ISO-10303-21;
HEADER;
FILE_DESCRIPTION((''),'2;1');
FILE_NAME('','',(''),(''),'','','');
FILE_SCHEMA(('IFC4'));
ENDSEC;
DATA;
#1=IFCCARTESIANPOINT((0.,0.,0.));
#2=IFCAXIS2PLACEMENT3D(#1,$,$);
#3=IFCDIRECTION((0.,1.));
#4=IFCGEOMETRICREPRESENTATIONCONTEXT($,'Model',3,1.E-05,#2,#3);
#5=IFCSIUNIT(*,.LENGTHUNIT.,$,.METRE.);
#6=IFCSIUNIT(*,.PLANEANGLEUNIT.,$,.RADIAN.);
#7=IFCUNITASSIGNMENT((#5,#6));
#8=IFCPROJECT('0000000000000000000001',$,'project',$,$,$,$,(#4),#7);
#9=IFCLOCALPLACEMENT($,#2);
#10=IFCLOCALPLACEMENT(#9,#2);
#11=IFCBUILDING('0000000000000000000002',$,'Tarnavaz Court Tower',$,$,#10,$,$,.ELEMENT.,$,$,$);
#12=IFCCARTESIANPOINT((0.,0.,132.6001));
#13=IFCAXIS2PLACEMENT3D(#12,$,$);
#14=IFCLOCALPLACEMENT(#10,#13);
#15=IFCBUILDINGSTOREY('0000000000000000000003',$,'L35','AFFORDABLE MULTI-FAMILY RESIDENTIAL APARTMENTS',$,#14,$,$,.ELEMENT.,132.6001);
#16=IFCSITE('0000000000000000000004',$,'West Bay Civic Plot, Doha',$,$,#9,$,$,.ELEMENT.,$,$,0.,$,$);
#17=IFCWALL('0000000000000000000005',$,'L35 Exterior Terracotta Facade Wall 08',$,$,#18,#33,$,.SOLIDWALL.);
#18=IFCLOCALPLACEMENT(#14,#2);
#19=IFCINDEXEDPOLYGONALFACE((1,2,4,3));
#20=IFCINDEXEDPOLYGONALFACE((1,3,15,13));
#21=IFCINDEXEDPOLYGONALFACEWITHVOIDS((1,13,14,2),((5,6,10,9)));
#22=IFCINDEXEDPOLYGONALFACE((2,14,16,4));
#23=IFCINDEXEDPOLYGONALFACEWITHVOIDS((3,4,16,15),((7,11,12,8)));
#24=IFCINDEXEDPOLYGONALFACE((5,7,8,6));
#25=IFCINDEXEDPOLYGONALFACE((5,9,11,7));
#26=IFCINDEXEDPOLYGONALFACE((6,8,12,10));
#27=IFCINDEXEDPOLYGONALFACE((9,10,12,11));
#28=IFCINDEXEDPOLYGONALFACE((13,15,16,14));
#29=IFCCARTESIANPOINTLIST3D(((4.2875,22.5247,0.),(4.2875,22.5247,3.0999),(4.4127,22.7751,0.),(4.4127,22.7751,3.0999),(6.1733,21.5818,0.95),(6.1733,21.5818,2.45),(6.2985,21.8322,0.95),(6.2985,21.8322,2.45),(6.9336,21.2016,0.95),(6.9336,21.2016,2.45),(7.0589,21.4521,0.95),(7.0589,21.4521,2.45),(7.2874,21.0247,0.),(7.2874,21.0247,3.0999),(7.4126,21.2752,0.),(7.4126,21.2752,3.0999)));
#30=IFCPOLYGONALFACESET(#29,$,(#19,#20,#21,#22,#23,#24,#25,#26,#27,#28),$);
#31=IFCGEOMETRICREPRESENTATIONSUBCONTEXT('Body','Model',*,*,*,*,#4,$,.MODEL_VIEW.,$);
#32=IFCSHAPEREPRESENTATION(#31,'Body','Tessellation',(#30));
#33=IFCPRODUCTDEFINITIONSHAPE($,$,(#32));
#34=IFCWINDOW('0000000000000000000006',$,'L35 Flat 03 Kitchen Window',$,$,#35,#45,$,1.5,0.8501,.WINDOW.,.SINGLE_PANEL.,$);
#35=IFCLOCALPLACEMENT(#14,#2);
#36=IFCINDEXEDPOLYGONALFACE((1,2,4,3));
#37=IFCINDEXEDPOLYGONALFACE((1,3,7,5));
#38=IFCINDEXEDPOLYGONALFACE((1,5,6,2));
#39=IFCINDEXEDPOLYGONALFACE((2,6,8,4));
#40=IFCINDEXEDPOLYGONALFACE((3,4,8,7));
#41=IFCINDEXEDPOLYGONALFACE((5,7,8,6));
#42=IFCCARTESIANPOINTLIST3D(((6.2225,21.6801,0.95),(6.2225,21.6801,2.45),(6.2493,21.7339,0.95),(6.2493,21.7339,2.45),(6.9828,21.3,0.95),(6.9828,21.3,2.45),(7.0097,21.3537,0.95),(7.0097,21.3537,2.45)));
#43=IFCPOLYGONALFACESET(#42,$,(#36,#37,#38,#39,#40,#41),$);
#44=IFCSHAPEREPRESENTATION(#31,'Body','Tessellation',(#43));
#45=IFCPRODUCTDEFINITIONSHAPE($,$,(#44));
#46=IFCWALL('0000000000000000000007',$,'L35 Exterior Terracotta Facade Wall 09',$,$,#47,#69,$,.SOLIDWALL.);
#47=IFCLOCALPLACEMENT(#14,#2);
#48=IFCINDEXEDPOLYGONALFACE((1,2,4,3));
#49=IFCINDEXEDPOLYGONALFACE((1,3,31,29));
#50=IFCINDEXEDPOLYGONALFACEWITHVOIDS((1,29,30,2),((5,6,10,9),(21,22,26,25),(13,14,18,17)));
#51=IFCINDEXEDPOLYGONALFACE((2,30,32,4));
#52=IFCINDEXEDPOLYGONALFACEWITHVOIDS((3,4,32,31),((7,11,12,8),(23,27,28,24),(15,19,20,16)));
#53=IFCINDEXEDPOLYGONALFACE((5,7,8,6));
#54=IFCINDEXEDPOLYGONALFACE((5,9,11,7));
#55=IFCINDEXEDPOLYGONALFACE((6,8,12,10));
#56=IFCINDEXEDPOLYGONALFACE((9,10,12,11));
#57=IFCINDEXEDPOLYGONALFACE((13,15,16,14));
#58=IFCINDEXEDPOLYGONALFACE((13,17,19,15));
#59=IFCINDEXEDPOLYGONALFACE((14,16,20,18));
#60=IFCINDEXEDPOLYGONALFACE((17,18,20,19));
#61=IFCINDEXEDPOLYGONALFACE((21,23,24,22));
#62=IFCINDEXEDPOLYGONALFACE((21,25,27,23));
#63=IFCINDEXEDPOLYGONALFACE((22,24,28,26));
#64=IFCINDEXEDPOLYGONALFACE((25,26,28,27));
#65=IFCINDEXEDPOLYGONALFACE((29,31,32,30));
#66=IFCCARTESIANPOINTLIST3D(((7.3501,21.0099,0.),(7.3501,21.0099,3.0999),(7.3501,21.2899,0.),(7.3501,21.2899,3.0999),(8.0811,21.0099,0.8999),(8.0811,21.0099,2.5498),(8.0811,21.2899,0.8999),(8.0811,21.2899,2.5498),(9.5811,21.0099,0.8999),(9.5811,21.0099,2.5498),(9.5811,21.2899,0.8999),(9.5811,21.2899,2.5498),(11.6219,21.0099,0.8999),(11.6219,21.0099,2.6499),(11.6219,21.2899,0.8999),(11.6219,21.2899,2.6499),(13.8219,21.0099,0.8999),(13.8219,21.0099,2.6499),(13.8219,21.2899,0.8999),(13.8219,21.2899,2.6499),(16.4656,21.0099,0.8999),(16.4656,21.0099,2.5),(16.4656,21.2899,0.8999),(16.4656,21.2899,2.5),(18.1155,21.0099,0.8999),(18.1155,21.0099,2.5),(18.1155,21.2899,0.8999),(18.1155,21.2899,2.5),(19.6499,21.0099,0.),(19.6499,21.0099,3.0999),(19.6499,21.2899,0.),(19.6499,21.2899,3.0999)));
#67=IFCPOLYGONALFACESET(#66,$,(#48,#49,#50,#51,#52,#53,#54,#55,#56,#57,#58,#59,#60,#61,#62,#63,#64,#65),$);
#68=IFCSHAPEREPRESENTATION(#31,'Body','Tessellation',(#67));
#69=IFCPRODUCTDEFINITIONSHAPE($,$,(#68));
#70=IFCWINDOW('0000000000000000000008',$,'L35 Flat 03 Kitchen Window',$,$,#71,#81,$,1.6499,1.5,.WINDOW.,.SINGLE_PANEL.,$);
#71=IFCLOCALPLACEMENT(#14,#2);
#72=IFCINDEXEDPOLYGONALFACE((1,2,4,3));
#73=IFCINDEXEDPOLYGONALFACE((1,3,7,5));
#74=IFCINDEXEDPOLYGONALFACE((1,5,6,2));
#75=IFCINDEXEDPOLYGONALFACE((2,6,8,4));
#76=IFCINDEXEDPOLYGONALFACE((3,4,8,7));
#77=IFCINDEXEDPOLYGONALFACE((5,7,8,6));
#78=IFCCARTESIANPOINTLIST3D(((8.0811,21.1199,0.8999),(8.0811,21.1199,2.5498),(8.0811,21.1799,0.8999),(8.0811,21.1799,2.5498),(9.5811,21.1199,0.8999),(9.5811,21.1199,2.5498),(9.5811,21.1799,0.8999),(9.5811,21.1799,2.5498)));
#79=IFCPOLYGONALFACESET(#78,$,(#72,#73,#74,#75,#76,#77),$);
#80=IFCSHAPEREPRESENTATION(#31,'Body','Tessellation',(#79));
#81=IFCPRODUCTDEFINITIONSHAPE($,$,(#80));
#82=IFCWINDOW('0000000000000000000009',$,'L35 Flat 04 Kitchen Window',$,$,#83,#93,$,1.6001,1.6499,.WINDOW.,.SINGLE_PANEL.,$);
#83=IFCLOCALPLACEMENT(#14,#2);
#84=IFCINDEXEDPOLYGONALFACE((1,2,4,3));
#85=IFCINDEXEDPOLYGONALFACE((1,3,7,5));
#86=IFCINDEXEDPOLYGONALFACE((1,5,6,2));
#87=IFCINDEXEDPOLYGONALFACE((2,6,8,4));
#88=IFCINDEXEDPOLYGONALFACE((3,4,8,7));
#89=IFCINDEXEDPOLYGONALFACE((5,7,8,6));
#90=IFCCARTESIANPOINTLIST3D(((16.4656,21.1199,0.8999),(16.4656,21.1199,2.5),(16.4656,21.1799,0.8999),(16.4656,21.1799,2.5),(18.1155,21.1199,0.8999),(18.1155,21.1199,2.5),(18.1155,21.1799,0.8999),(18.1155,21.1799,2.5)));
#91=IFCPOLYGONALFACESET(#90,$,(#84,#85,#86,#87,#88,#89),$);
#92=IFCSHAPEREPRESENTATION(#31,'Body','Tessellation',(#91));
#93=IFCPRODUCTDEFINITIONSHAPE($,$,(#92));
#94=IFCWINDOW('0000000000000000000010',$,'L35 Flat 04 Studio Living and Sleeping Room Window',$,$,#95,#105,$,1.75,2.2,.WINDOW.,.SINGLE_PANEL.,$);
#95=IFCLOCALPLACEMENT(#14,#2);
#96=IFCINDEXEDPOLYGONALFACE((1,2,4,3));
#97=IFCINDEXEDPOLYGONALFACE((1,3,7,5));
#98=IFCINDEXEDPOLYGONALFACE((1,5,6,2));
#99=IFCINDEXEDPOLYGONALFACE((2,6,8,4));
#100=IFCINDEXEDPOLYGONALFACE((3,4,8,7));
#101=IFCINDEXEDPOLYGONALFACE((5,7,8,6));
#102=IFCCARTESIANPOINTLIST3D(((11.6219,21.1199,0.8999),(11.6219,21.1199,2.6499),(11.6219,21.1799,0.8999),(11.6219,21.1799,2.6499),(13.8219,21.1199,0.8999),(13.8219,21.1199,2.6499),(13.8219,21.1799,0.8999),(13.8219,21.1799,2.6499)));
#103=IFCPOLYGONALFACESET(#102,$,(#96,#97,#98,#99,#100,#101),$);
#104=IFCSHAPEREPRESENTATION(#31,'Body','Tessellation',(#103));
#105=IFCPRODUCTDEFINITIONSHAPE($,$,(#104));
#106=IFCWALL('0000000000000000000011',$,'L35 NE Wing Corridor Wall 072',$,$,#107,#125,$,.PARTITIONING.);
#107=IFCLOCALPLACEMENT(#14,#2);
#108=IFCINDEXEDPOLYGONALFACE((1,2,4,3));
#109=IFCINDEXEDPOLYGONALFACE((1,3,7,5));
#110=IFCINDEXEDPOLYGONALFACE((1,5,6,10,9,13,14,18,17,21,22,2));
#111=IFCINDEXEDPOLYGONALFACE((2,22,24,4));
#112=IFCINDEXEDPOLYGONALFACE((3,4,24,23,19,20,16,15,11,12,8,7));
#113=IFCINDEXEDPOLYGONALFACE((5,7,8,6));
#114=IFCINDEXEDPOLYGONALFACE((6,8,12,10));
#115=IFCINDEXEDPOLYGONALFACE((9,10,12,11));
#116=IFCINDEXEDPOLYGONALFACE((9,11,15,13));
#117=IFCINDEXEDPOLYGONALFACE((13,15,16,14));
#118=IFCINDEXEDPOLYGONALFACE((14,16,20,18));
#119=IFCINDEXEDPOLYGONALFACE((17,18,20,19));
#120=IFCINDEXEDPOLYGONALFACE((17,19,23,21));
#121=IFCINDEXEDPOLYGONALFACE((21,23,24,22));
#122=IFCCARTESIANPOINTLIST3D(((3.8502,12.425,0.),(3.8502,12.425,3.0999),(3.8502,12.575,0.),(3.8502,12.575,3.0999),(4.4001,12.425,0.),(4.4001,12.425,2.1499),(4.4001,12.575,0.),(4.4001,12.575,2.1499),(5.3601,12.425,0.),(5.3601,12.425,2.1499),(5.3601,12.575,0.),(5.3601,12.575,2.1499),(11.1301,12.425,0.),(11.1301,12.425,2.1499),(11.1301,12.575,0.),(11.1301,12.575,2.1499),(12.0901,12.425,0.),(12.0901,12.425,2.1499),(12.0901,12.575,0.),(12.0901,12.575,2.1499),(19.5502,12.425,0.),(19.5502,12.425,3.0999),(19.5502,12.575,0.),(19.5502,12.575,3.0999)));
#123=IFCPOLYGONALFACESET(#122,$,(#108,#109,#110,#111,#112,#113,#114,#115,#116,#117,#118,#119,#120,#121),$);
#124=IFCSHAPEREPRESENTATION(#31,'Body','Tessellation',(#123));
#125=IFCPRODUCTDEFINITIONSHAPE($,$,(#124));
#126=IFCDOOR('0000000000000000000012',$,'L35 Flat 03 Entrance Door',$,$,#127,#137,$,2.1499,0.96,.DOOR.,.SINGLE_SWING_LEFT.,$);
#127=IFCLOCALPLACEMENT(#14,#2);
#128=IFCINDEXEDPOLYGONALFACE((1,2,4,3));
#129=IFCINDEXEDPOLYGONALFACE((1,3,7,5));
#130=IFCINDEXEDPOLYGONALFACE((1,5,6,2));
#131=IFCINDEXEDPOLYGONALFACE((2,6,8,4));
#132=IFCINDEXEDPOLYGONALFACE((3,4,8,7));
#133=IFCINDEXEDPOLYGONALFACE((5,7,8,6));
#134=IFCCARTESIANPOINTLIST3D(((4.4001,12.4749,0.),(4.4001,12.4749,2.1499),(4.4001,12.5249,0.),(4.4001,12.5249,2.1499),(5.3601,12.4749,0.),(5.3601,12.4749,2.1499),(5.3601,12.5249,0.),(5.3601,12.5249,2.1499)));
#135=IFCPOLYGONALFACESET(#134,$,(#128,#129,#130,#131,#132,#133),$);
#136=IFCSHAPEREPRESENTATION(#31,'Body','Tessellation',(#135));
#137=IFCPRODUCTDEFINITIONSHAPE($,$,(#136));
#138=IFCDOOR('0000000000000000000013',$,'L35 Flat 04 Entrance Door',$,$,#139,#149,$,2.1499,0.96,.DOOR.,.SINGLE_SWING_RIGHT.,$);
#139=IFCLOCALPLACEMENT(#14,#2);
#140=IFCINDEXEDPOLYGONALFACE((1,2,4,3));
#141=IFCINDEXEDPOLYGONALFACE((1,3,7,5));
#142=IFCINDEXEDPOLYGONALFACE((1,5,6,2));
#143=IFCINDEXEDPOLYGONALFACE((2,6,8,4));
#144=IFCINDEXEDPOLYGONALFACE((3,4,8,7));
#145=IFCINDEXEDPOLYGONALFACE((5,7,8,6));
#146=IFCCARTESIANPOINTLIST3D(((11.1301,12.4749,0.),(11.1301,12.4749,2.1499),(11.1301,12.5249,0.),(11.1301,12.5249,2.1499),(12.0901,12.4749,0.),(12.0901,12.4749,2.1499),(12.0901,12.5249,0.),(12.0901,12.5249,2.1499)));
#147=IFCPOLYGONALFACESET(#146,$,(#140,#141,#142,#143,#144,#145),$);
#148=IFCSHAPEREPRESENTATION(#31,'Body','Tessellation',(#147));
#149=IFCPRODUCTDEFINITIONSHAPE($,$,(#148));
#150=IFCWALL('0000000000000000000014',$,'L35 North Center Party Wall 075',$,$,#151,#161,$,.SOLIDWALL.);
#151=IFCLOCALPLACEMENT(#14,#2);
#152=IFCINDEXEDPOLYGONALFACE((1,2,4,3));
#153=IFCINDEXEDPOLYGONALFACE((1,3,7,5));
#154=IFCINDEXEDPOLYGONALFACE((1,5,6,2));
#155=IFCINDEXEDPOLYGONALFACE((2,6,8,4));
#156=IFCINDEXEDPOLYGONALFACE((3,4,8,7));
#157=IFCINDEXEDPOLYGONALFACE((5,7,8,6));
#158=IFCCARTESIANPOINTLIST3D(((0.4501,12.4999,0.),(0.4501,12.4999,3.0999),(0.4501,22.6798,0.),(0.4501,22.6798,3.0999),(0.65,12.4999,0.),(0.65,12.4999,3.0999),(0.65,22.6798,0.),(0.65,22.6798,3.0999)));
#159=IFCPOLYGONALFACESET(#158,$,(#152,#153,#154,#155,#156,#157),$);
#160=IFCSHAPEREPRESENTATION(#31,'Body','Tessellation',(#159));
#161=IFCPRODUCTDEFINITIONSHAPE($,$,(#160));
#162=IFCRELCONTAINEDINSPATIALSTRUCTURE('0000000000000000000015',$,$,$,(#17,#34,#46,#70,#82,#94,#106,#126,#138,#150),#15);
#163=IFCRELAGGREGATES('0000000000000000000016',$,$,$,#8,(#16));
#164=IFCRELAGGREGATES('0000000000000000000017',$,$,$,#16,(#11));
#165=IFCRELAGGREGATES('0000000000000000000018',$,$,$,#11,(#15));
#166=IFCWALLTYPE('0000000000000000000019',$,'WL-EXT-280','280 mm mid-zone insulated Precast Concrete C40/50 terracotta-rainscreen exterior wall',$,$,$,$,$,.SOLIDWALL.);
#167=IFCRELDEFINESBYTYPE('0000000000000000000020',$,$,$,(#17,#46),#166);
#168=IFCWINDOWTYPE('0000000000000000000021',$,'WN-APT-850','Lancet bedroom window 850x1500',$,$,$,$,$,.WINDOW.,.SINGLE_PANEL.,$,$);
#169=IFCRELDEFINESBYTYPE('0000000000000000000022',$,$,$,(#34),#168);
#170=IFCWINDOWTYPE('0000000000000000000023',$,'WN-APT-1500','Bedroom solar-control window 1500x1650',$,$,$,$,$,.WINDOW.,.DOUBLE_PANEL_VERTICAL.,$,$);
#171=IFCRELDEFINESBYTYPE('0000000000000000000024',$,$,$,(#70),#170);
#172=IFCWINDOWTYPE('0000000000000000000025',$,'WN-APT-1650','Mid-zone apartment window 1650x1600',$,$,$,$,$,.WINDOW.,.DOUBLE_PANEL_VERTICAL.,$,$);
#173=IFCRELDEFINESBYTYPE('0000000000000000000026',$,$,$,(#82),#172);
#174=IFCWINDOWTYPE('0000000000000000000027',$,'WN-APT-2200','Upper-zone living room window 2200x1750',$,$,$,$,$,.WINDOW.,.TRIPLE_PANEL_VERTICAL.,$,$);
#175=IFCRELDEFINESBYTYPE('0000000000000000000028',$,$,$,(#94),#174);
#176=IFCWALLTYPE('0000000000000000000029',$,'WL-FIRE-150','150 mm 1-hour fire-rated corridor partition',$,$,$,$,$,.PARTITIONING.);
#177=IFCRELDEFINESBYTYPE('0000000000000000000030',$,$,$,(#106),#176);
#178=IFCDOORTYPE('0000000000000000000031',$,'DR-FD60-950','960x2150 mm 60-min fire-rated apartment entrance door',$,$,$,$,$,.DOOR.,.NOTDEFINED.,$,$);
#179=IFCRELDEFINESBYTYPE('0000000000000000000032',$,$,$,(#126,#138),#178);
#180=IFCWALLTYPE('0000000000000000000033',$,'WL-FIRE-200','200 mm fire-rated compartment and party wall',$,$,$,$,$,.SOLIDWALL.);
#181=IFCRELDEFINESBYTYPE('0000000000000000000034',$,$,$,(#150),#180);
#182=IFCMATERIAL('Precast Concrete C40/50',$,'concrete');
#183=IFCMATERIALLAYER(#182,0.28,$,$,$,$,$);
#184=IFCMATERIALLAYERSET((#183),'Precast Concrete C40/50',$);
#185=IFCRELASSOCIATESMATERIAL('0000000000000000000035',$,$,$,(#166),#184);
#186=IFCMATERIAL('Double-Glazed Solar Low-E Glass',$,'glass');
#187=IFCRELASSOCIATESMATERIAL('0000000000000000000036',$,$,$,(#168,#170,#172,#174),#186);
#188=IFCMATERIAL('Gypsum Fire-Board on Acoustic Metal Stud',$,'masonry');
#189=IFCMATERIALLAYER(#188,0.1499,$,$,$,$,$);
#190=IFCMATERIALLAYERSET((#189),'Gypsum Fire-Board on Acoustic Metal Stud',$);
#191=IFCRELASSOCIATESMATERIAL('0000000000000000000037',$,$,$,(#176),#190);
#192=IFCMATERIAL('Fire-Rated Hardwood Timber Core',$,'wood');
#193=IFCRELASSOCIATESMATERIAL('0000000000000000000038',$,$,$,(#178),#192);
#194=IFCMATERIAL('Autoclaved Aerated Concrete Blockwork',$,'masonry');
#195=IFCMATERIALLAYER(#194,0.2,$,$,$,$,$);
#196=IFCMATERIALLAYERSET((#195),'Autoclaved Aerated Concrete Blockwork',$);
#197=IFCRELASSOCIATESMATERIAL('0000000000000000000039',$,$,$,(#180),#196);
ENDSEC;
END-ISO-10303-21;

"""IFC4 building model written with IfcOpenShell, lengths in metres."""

from ifc_helpers import new_model, si_unit, direction, frame, frame_2d, origin, place, context, subcontext, project, spatial, rectangle, extrude, material, layer, layer_set, type_object, element, fill, save


model = new_model("IFC4")

# Units and contexts
model_context = context("Model", 3, precision=1e-05, world=origin(), true_north=direction((0.0, 1.0)))
body_context = subcontext(model_context, "Body", "Model", "MODEL_VIEW")
ifc_project = project(units=[si_unit("LENGTHUNIT", "METRE"), si_unit("PLANEANGLEUNIT", "RADIAN")], contexts=[model_context])

# Site, building, storey
site_placement = place(None, origin())
site = spatial("IfcSite", under=ifc_project, at=site_placement, Name="West Bay Civic Plot, Doha", CompositionType="ELEMENT", RefElevation=0.0)
building_placement = place(site_placement, origin())
building = spatial("IfcBuilding", under=site, at=building_placement, Name="Tarnavaz Court Tower", CompositionType="ELEMENT")
storey_placement = place(building_placement, frame((0.0, 0.0, 132.6001)))
storey = spatial("IfcBuildingStorey", under=building, at=storey_placement, Name="L35", Description="AFFORDABLE MULTI-FAMILY RESIDENTIAL APARTMENTS", CompositionType="ELEMENT", Elevation=132.6001)

# Shared definitions
ifc_material_1 = material(Name="Double-Glazed Solar Low-E Glass", Category="glass")

# Wall, opening, window
ifc_material_2 = material(Name="Precast Concrete C40/50", Category="concrete")
ifc_layer_1 = layer(ifc_material_2, 0.28)
ifc_layer_set_1 = layer_set([ifc_layer_1], Name="Precast Concrete C40/50")
wall_type_1 = type_object("IfcWallType", Name="WL-EXT-280", Description="280 mm mid-zone insulated Precast Concrete C40/50 terracotta-rainscreen exterior wall", PredefinedType="SOLIDWALL", material=ifc_layer_set_1)
wall_1_placement = place(storey_placement, frame((4.3501, 22.6499, 0.0), z_axis=(0.0, 0.0, 1.0), x_axis=(0.894427, -0.447214, 0.0)))
wall_1 = element("IfcWall", 1, at=wall_1_placement, inside=storey, type_object=wall_type_1, Name="L35 Exterior Terracotta Facade Wall 08", PredefinedType="SOLIDWALL", context=body_context, shape_type="SweptSolid", body=[
    extrude(rectangle(XDim=3.354, YDim=0.28, at=frame_2d((1.677, 0.0))), origin(), (0.0, 0.0, 1.0), 3.0999),
])
opening_1_placement = place(wall_1_placement, frame((2.1084, 0.0, 0.95)))
opening_1 = element("IfcOpeningElement", 2, at=opening_1_placement, cuts=wall_1, PredefinedType="OPENING", context=body_context, shape_type="SweptSolid", body=[
    extrude(rectangle(XDim=0.8501, YDim=1.5, at=frame_2d((0.425, 0.75))), frame((0.0, 0.1499, 0.0), z_axis=(0.0, -1.0, 0.0), x_axis=(1.0, 0.0, 0.0)), (0.0, 0.0, 1.0), 0.3),
])
window_type_1 = type_object("IfcWindowType", Name="WN-APT-850", Description="Lancet bedroom window 850x1500", PartitioningType="SINGLE_PANEL", PredefinedType="WINDOW", material=ifc_material_1)
window_1_placement = place(opening_1_placement, origin())
window_1 = element("IfcWindow", 3, at=window_1_placement, inside=storey, type_object=window_type_1, Name="L35 Flat 03 Kitchen Window", OverallHeight=1.5, OverallWidth=0.8501, PartitioningType="SINGLE_PANEL", PredefinedType="WINDOW", context=body_context, shape_type="SweptSolid", body=[
    extrude(rectangle(XDim=0.8501, YDim=1.5, at=frame_2d((0.425, 0.75))), frame((0.0, 0.03, 0.0), z_axis=(0.0, -1.0, 0.0), x_axis=(1.0, 0.0, 0.0)), (0.0, 0.0, 1.0), 0.0601),
])
fill(opening_1, window_1)

# Wall, openings, windows
wall_2_placement = place(storey_placement, frame((7.3501, 21.1499, 0.0), z_axis=(0.0, 0.0, 1.0), x_axis=(1.0, 0.0, 0.0)))
wall_2 = element("IfcWall", 4, at=wall_2_placement, inside=storey, type_object=wall_type_1, Name="L35 Exterior Terracotta Facade Wall 09", PredefinedType="SOLIDWALL", context=body_context, shape_type="SweptSolid", body=[
    extrude(rectangle(XDim=12.2998, YDim=0.28, at=frame_2d((6.1499, 0.0))), origin(), (0.0, 0.0, 1.0), 3.0999),
])
opening_2_placement = place(wall_2_placement, frame((0.731, 0.0, 0.8999)))
opening_2 = element("IfcOpeningElement", 5, at=opening_2_placement, cuts=wall_2, PredefinedType="OPENING", context=body_context, shape_type="SweptSolid", body=[
    extrude(rectangle(XDim=1.5, YDim=1.6499, at=frame_2d((0.75, 0.825))), frame((0.0, 0.1499, 0.0), z_axis=(0.0, -1.0, 0.0), x_axis=(1.0, 0.0, 0.0)), (0.0, 0.0, 1.0), 0.3),
])
opening_3_placement = place(wall_2_placement, frame((4.2717, 0.0, 0.8999)))
opening_3 = element("IfcOpeningElement", 6, at=opening_3_placement, cuts=wall_2, PredefinedType="OPENING", context=body_context, shape_type="SweptSolid", body=[
    extrude(rectangle(XDim=2.2, YDim=1.75, at=frame_2d((1.1001, 0.875))), frame((0.0, 0.1499, 0.0), z_axis=(0.0, -1.0, 0.0), x_axis=(1.0, 0.0, 0.0)), (0.0, 0.0, 1.0), 0.3),
])
opening_4_placement = place(wall_2_placement, frame((9.1155, 0.0, 0.8999)))
opening_4 = element("IfcOpeningElement", 7, at=opening_4_placement, cuts=wall_2, PredefinedType="OPENING", context=body_context, shape_type="SweptSolid", body=[
    extrude(rectangle(XDim=1.6499, YDim=1.6001, at=frame_2d((0.825, 0.8))), frame((0.0, 0.1499, 0.0), z_axis=(0.0, -1.0, 0.0), x_axis=(1.0, 0.0, 0.0)), (0.0, 0.0, 1.0), 0.3),
])
window_type_2 = type_object("IfcWindowType", Name="WN-APT-1500", Description="Bedroom solar-control window 1500x1650", PartitioningType="DOUBLE_PANEL_VERTICAL", PredefinedType="WINDOW", material=ifc_material_1)
window_2_placement = place(opening_2_placement, origin())
window_2 = element("IfcWindow", 8, at=window_2_placement, inside=storey, type_object=window_type_2, Name="L35 Flat 03 Kitchen Window", OverallHeight=1.6499, OverallWidth=1.5, PartitioningType="SINGLE_PANEL", PredefinedType="WINDOW", context=body_context, shape_type="SweptSolid", body=[
    extrude(rectangle(XDim=1.5, YDim=1.6499, at=frame_2d((0.75, 0.825))), frame((0.0, 0.03, 0.0), z_axis=(0.0, -1.0, 0.0), x_axis=(1.0, 0.0, 0.0)), (0.0, 0.0, 1.0), 0.0601),
])
fill(opening_2, window_2)
window_type_3 = type_object("IfcWindowType", Name="WN-APT-1650", Description="Mid-zone apartment window 1650x1600", PartitioningType="DOUBLE_PANEL_VERTICAL", PredefinedType="WINDOW", material=ifc_material_1)
window_3_placement = place(opening_4_placement, origin())
window_3 = element("IfcWindow", 9, at=window_3_placement, inside=storey, type_object=window_type_3, Name="L35 Flat 04 Kitchen Window", OverallHeight=1.6001, OverallWidth=1.6499, PartitioningType="SINGLE_PANEL", PredefinedType="WINDOW", context=body_context, shape_type="SweptSolid", body=[
    extrude(rectangle(XDim=1.6499, YDim=1.6001, at=frame_2d((0.825, 0.8))), frame((0.0, 0.03, 0.0), z_axis=(0.0, -1.0, 0.0), x_axis=(1.0, 0.0, 0.0)), (0.0, 0.0, 1.0), 0.0601),
])
fill(opening_4, window_3)
window_type_4 = type_object("IfcWindowType", Name="WN-APT-2200", Description="Upper-zone living room window 2200x1750", PartitioningType="TRIPLE_PANEL_VERTICAL", PredefinedType="WINDOW", material=ifc_material_1)
window_4_placement = place(opening_3_placement, origin())
window_4 = element("IfcWindow", 10, at=window_4_placement, inside=storey, type_object=window_type_4, Name="L35 Flat 04 Studio Living and Sleeping Room Window", OverallHeight=1.75, OverallWidth=2.2, PartitioningType="SINGLE_PANEL", PredefinedType="WINDOW", context=body_context, shape_type="SweptSolid", body=[
    extrude(rectangle(XDim=2.2, YDim=1.75, at=frame_2d((1.1001, 0.875))), frame((0.0, 0.03, 0.0), z_axis=(0.0, -1.0, 0.0), x_axis=(1.0, 0.0, 0.0)), (0.0, 0.0, 1.0), 0.0601),
])
fill(opening_3, window_4)

# Wall, openings, doors
ifc_material_3 = material(Name="Gypsum Fire-Board on Acoustic Metal Stud", Category="masonry")
ifc_layer_2 = layer(ifc_material_3, 0.1499)
ifc_layer_set_2 = layer_set([ifc_layer_2], Name="Gypsum Fire-Board on Acoustic Metal Stud")
wall_type_2 = type_object("IfcWallType", Name="WL-FIRE-150", Description="150 mm 1-hour fire-rated corridor partition", PredefinedType="PARTITIONING", material=ifc_layer_set_2)
wall_3_placement = place(storey_placement, frame((3.8501, 12.5, 0.0), z_axis=(0.0, 0.0, 1.0), x_axis=(1.0, 0.0, 0.0)))
wall_3 = element("IfcWall", 11, at=wall_3_placement, inside=storey, type_object=wall_type_2, Name="L35 NE Wing Corridor Wall 072", PredefinedType="PARTITIONING", context=body_context, shape_type="SweptSolid", body=[
    extrude(rectangle(XDim=15.7, YDim=0.1499, at=frame_2d((7.8501, 0.0))), origin(), (0.0, 0.0, 1.0), 3.0999),
])
opening_5_placement = place(wall_3_placement, frame((0.55, 0.0, 0.0)))
opening_5 = element("IfcOpeningElement", 12, at=opening_5_placement, cuts=wall_3, PredefinedType="OPENING", context=body_context, shape_type="SweptSolid", body=[
    extrude(rectangle(XDim=0.96, YDim=2.1499, at=frame_2d((0.48, 1.075))), frame((0.0, 0.085, 0.0), z_axis=(0.0, -1.0, 0.0), x_axis=(1.0, 0.0, 0.0)), (0.0, 0.0, 1.0), 0.1699),
])
opening_6_placement = place(wall_3_placement, frame((7.28, 0.0, 0.0)))
opening_6 = element("IfcOpeningElement", 13, at=opening_6_placement, cuts=wall_3, PredefinedType="OPENING", context=body_context, shape_type="SweptSolid", body=[
    extrude(rectangle(XDim=0.96, YDim=2.1499, at=frame_2d((0.48, 1.075))), frame((0.0, 0.085, 0.0), z_axis=(0.0, -1.0, 0.0), x_axis=(1.0, 0.0, 0.0)), (0.0, 0.0, 1.0), 0.1699),
])
ifc_material_4 = material(Name="Fire-Rated Hardwood Timber Core", Category="wood")
door_type_1 = type_object("IfcDoorType", Name="DR-FD60-950", Description="960x2150 mm 60-min fire-rated apartment entrance door", OperationType="NOTDEFINED", PredefinedType="DOOR", material=ifc_material_4)
door_1_placement = place(opening_5_placement, origin())
door_1 = element("IfcDoor", 14, at=door_1_placement, inside=storey, type_object=door_type_1, Name="L35 Flat 03 Entrance Door", OperationType="SINGLE_SWING_LEFT", OverallHeight=2.1499, OverallWidth=0.96, PredefinedType="DOOR", context=body_context, shape_type="SweptSolid", body=[
    extrude(rectangle(XDim=0.96, YDim=2.1499, at=frame_2d((0.48, 1.075))), frame((0.0, 0.0249, 0.0), z_axis=(0.0, -1.0, 0.0), x_axis=(1.0, 0.0, 0.0)), (0.0, 0.0, 1.0), 0.05),
])
fill(opening_5, door_1)
door_2_placement = place(opening_6_placement, origin())
door_2 = element("IfcDoor", 15, at=door_2_placement, inside=storey, type_object=door_type_1, Name="L35 Flat 04 Entrance Door", OperationType="SINGLE_SWING_RIGHT", OverallHeight=2.1499, OverallWidth=0.96, PredefinedType="DOOR", context=body_context, shape_type="SweptSolid", body=[
    extrude(rectangle(XDim=0.96, YDim=2.1499, at=frame_2d((0.48, 1.075))), frame((0.0, 0.0249, 0.0), z_axis=(0.0, -1.0, 0.0), x_axis=(1.0, 0.0, 0.0)), (0.0, 0.0, 1.0), 0.05),
])
fill(opening_6, door_2)

# Wall
ifc_material_5 = material(Name="Autoclaved Aerated Concrete Blockwork", Category="masonry")
ifc_layer_3 = layer(ifc_material_5, 0.2)
ifc_layer_set_3 = layer_set([ifc_layer_3], Name="Autoclaved Aerated Concrete Blockwork")
wall_type_3 = type_object("IfcWallType", Name="WL-FIRE-200", Description="200 mm fire-rated compartment and party wall", PredefinedType="SOLIDWALL", material=ifc_layer_set_3)
wall_4_placement = place(storey_placement, frame((0.55, 12.5, 0.0), z_axis=(0.0, 0.0, 1.0), x_axis=(0.0, 1.0, 0.0)))
element("IfcWall", 16, at=wall_4_placement, inside=storey, type_object=wall_type_3, Name="L35 North Center Party Wall 075", PredefinedType="SOLIDWALL", context=body_context, shape_type="SweptSolid", body=[
    extrude(rectangle(XDim=10.1799, YDim=0.2, at=frame_2d((5.0898, 0.0))), origin(), (0.0, 0.0, 1.0), 3.0999),
])

save(model, "model.ifc")
